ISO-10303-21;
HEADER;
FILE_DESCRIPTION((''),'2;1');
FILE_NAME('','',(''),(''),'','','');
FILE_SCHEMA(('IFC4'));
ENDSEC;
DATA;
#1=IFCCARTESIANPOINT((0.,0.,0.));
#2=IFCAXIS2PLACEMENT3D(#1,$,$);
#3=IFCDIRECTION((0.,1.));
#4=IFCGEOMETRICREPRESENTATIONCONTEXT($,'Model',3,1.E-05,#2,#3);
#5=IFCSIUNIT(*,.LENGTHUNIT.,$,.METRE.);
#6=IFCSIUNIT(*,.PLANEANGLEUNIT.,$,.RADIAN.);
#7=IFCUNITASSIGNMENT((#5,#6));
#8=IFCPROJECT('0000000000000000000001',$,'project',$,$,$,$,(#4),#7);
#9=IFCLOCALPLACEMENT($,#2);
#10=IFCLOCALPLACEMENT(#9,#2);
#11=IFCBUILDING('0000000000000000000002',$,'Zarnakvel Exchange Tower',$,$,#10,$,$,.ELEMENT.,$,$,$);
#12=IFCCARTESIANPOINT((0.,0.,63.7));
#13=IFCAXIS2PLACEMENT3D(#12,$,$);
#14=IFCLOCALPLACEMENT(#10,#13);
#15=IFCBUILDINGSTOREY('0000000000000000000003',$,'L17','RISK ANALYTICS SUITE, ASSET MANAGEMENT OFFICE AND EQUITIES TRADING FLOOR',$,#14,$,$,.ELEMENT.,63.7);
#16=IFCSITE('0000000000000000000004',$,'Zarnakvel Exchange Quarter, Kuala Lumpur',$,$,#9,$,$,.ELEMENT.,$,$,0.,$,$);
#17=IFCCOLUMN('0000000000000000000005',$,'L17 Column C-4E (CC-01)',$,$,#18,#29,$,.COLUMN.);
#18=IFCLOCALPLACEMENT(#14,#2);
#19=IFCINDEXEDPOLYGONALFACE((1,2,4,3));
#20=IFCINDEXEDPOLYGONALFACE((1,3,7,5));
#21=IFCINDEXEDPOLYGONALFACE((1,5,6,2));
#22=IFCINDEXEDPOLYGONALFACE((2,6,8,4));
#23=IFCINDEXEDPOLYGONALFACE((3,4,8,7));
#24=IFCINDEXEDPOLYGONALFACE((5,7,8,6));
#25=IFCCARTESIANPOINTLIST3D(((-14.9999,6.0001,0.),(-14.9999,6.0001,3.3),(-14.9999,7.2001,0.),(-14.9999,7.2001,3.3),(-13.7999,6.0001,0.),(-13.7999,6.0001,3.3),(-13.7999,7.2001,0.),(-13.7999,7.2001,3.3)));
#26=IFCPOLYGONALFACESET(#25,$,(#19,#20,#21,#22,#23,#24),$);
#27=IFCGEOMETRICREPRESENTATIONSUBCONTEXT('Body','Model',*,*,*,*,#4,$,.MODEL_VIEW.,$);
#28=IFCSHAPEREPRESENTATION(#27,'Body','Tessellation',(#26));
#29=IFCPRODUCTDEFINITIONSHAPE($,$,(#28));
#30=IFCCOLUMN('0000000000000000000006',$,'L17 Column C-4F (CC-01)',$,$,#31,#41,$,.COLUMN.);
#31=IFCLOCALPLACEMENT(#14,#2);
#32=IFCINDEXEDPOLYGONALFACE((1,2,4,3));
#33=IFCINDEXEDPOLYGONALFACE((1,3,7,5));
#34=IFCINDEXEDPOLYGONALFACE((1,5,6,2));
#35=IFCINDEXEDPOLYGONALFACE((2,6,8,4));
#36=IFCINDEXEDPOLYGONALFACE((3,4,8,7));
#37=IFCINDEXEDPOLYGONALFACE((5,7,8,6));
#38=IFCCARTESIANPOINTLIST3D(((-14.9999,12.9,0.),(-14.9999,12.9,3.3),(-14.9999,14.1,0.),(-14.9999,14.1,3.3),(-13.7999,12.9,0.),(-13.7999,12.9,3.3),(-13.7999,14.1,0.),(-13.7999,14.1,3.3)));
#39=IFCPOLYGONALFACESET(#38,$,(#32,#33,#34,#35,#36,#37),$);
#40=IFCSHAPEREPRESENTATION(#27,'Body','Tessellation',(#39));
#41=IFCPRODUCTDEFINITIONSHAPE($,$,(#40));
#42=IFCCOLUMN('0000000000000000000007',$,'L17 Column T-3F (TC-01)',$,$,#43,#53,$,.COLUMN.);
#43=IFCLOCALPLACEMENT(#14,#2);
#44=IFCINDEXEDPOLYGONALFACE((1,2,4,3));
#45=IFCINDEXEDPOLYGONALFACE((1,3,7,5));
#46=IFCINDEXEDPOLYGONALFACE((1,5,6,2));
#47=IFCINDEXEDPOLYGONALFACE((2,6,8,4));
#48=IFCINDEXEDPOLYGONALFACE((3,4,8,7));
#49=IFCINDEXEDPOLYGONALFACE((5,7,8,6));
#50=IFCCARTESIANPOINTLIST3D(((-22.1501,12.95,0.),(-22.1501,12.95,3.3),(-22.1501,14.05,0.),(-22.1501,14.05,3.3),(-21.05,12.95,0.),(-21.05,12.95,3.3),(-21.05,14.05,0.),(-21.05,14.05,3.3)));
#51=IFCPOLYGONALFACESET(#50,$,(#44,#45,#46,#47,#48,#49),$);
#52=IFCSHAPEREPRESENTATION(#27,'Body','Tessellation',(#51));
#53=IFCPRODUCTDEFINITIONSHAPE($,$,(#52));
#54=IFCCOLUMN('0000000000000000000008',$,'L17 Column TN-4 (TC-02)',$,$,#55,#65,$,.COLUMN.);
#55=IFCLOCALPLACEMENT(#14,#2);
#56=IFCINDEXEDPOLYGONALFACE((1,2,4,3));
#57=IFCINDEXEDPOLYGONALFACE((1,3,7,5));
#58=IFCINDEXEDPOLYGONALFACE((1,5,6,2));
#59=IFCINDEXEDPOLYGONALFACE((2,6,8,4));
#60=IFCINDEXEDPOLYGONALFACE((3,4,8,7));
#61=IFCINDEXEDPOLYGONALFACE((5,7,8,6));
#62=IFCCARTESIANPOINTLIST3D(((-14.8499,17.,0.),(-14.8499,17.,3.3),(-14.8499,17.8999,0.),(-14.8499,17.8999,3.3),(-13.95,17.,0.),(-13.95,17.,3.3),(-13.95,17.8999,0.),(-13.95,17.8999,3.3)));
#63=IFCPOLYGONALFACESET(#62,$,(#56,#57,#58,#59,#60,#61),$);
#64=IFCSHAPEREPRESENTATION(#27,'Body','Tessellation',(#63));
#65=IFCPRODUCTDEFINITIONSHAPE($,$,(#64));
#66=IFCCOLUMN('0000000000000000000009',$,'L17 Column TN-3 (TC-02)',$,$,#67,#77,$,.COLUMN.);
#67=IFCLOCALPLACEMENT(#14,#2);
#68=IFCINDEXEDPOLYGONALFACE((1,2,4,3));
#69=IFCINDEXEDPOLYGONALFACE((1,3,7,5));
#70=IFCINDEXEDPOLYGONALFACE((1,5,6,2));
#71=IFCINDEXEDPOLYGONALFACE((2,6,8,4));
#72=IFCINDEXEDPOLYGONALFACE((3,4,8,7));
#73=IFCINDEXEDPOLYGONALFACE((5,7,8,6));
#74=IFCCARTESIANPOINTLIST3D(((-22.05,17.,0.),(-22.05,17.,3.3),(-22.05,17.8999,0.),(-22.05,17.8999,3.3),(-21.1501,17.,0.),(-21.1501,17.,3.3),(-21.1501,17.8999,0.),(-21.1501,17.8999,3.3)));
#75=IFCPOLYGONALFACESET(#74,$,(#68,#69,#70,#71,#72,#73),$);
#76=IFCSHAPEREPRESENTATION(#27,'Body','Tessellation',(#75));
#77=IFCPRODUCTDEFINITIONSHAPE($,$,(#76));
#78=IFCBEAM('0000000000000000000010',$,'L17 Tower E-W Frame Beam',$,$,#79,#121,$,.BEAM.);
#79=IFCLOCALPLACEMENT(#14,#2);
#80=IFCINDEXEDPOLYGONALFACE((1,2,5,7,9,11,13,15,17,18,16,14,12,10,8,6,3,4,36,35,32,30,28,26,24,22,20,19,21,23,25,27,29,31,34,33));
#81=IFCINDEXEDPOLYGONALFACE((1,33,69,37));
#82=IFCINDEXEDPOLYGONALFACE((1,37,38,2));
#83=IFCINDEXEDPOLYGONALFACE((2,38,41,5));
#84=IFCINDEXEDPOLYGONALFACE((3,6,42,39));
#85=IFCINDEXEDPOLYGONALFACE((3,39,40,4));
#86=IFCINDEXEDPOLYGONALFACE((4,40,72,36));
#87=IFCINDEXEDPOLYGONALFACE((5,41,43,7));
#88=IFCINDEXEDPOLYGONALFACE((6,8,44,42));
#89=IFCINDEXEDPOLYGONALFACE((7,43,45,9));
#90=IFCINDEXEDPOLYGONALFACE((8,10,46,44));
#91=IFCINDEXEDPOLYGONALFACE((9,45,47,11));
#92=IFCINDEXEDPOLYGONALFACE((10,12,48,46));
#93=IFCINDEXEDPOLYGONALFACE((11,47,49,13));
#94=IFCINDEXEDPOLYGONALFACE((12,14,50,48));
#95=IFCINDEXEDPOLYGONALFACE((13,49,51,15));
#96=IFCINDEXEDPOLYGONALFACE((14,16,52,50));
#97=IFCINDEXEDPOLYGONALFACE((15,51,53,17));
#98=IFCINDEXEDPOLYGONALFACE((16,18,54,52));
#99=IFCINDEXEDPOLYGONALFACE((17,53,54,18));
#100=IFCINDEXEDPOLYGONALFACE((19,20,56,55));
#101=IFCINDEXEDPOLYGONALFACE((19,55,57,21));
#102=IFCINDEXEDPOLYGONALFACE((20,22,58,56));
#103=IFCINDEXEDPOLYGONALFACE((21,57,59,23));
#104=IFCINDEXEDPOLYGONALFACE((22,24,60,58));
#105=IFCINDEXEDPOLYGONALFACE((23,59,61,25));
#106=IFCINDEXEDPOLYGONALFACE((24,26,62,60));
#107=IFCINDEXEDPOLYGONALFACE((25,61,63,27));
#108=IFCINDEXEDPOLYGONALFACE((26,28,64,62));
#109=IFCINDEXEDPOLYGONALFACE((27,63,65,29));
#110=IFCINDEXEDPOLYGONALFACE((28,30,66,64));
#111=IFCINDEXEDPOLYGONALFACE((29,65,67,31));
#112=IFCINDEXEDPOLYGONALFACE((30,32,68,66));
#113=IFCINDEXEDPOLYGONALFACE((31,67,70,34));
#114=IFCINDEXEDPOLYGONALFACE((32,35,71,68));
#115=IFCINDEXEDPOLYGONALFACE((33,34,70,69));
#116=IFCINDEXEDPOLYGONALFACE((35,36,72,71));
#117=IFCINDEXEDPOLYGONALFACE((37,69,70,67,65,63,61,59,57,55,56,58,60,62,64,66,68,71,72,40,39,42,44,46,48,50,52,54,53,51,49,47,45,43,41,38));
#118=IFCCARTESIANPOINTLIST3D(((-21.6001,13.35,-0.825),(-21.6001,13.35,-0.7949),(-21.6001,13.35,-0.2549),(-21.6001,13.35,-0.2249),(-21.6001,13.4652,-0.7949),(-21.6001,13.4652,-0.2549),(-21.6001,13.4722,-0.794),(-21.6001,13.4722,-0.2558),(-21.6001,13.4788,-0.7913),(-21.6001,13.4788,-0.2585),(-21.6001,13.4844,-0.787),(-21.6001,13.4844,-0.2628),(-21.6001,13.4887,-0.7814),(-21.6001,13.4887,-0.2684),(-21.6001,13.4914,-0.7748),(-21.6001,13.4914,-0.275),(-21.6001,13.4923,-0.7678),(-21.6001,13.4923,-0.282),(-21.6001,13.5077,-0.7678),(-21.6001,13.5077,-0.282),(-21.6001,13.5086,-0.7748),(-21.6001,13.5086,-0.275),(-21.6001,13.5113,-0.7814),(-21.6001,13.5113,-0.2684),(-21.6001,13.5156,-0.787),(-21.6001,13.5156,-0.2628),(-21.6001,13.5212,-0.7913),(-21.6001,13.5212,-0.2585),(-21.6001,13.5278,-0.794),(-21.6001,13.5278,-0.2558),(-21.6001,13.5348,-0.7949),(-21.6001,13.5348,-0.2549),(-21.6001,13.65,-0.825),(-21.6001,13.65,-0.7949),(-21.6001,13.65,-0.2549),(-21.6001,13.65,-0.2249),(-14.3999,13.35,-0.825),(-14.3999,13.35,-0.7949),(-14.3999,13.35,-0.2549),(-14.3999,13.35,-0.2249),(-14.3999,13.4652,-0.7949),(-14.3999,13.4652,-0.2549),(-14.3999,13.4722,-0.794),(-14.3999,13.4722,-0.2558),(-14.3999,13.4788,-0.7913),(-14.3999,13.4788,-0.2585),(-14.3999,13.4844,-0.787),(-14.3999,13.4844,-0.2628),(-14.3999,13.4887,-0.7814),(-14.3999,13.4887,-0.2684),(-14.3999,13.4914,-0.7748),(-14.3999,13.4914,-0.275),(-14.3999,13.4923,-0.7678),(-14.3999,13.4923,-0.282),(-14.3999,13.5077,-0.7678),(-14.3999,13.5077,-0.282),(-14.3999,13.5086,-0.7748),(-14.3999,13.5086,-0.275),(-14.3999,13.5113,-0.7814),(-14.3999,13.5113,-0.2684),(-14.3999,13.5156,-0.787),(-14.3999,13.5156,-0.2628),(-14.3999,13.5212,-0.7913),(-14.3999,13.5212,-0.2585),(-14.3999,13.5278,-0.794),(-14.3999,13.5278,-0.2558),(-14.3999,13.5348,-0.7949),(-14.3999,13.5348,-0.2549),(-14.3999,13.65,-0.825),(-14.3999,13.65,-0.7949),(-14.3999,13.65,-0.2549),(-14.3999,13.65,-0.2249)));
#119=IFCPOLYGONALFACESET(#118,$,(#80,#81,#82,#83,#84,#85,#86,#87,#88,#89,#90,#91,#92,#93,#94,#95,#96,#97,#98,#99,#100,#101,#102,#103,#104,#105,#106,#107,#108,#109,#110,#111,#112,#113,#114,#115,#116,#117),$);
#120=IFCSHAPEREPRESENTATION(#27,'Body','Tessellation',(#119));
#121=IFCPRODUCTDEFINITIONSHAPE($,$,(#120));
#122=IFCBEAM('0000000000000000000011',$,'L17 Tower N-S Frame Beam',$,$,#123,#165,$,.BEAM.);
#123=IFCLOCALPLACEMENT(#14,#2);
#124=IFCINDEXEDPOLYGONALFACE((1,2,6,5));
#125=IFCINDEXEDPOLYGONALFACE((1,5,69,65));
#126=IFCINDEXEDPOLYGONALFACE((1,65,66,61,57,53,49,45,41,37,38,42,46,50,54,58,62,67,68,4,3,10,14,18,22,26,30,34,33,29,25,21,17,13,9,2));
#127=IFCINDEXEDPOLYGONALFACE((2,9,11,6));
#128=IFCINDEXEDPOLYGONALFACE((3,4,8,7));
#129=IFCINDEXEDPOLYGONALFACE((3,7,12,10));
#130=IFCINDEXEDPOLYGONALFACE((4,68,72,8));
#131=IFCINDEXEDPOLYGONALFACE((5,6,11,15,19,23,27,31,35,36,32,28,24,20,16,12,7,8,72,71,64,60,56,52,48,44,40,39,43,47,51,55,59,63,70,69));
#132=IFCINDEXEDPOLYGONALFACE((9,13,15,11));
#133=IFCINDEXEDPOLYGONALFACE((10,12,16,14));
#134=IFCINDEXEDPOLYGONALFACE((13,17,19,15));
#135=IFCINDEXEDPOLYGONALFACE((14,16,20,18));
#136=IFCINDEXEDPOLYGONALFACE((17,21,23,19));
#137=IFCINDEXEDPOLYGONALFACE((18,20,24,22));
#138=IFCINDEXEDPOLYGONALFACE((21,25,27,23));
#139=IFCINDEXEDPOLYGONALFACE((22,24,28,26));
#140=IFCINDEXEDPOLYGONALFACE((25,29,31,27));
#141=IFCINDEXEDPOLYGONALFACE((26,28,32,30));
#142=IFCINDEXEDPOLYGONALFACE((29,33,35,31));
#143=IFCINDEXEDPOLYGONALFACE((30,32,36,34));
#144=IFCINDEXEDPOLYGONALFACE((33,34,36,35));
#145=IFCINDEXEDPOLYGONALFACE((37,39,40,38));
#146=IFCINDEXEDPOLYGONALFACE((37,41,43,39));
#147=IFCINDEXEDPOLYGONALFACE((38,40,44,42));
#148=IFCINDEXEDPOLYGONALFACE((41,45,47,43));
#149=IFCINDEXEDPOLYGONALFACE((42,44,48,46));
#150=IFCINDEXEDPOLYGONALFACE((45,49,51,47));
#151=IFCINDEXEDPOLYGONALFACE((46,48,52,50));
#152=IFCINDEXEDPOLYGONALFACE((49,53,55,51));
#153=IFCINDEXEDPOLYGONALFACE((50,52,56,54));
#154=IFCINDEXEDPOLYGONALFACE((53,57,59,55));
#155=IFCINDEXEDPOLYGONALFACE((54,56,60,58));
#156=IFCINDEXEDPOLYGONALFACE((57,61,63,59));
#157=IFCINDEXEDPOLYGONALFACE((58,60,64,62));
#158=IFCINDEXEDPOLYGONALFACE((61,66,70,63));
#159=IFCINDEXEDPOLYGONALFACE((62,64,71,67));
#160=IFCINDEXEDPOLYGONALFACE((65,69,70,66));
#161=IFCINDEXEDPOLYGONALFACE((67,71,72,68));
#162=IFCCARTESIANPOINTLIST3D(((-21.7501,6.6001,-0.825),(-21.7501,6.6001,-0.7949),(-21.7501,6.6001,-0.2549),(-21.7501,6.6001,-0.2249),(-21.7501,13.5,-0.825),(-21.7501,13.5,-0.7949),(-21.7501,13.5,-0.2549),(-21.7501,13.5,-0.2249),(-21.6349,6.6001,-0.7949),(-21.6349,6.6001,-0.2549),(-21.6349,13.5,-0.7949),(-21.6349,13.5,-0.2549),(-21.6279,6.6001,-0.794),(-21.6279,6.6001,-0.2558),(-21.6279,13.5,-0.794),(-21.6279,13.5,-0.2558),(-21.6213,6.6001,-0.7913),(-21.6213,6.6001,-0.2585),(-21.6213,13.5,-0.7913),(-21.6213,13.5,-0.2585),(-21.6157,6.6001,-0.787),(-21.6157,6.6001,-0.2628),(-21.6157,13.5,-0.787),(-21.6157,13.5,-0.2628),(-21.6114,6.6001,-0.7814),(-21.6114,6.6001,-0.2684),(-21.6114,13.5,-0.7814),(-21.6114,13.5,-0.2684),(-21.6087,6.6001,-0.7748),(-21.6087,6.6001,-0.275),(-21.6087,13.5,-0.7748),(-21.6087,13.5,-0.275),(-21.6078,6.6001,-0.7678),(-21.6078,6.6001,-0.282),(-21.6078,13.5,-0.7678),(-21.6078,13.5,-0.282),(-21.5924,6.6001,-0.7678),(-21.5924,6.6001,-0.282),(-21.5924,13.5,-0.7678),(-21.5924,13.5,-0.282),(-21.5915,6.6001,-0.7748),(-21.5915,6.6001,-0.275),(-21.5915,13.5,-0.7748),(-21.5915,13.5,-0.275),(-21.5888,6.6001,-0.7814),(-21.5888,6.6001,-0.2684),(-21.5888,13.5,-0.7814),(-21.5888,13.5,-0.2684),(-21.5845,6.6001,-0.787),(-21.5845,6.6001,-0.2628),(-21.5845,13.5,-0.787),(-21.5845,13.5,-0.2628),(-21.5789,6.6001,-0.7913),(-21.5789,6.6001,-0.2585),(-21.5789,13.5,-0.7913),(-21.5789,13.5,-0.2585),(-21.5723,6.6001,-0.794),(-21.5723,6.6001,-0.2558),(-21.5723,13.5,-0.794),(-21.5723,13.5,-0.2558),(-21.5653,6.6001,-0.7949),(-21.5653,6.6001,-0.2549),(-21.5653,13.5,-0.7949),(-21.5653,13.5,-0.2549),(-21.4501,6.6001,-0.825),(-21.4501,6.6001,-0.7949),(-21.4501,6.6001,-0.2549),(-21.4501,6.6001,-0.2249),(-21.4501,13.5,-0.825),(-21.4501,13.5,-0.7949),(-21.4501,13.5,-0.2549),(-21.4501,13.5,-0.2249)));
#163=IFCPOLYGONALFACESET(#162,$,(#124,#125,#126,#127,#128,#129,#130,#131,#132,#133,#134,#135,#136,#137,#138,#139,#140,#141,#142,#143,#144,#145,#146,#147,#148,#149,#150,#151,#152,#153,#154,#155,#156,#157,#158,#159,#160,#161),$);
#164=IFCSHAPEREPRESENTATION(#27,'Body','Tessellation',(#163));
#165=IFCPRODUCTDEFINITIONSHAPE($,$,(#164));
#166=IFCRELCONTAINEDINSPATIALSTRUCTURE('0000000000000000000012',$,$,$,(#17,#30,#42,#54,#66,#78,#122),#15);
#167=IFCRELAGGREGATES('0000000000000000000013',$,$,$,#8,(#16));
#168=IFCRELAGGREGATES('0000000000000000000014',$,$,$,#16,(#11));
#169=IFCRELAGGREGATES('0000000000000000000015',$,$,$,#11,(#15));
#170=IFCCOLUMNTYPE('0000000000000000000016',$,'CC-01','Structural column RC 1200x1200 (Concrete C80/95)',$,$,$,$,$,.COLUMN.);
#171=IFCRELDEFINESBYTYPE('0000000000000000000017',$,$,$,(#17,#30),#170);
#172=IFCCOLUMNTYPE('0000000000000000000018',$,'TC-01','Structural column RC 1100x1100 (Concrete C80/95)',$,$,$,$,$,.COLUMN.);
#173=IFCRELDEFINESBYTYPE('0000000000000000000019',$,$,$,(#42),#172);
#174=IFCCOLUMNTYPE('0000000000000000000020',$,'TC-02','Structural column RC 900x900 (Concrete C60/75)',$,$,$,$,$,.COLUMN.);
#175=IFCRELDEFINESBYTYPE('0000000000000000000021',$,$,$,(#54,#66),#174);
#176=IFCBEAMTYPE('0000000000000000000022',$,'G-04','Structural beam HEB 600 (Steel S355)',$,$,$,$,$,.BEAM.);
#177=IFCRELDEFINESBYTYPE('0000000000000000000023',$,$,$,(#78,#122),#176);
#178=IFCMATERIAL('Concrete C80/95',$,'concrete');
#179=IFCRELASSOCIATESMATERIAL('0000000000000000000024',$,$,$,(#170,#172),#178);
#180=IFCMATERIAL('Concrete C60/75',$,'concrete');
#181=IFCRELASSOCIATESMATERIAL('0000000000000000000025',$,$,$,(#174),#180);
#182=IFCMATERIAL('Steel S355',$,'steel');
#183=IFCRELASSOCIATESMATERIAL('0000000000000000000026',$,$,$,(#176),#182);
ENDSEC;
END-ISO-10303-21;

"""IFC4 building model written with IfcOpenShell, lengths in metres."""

from ifc_helpers import new_model, si_unit, direction, frame, origin, origin_2d, place, context, subcontext, project, spatial, rectangle, i_section, extrude, material, material_profile, profile_set, type_object, element, save


model = new_model("IFC4")

# Units and contexts
model_context = context("Model", 3, precision=1e-05, world=origin(), true_north=direction((0.0, 1.0)))
body_context = subcontext(model_context, "Body", "Model", "MODEL_VIEW")
ifc_project = project(units=[si_unit("LENGTHUNIT", "METRE"), si_unit("PLANEANGLEUNIT", "RADIAN")], contexts=[model_context])

# Site, building, storey
site_placement = place(None, origin())
site = spatial("IfcSite", under=ifc_project, at=site_placement, Name="Zarnakvel Exchange Quarter, Kuala Lumpur", CompositionType="ELEMENT", RefElevation=0.0)
building_placement = place(site_placement, origin())
building = spatial("IfcBuilding", under=site, at=building_placement, Name="Zarnakvel Exchange Tower", CompositionType="ELEMENT")
storey_placement = place(building_placement, frame((0.0, 0.0, 63.7)))
storey = spatial("IfcBuildingStorey", under=building, at=storey_placement, Name="L17", Description="RISK ANALYTICS SUITE, ASSET MANAGEMENT OFFICE AND EQUITIES TRADING FLOOR", CompositionType="ELEMENT", Elevation=63.7)

# Columns
ifc_material_1 = material(Name="Concrete C80/95", Category="concrete")
ifc_material_profile_1 = material_profile(ifc_material_1, rectangle(XDim=1.2, YDim=1.2, at=origin_2d()))
ifc_profile_set_1 = profile_set([ifc_material_profile_1], Name="Concrete C80/95")
column_type_1 = type_object("IfcColumnType", Name="CC-01", Description="Structural column RC 1200x1200 (Concrete C80/95)", PredefinedType="COLUMN", material=ifc_profile_set_1)
for number, where, z_axis, x_axis, name in (
    (1, (-14.3999, 6.6001, 0.0), (0.0, 0.0, 1.0), (1.0, 0.0, 0.0), "L17 Column C-4E (CC-01)"),
    (2, (-14.3999, 13.5, 0.0), (0.0, 0.0, 1.0), (1.0, 0.0, 0.0), "L17 Column C-4F (CC-01)"),
):
    element("IfcColumn", number, at=place(storey_placement, frame(where, z_axis=z_axis, x_axis=x_axis)), inside=storey, type_object=column_type_1, Name=name, PredefinedType="COLUMN", context=body_context, shape_type="SweptSolid", body=[
        extrude(rectangle(XDim=1.2, YDim=1.2, at=origin_2d()), origin(), (0.0, 0.0, 1.0), 3.3),
    ])
ifc_material_profile_2 = material_profile(ifc_material_1, rectangle(XDim=1.1001, YDim=1.1001, at=origin_2d()))
ifc_profile_set_2 = profile_set([ifc_material_profile_2], Name="Concrete C80/95")
column_type_2 = type_object("IfcColumnType", Name="TC-01", Description="Structural column RC 1100x1100 (Concrete C80/95)", PredefinedType="COLUMN", material=ifc_profile_set_2)
column_placement = place(storey_placement, frame((-21.6001, 13.5, 0.0), z_axis=(0.0, 0.0, 1.0), x_axis=(1.0, 0.0, 0.0)))
element("IfcColumn", 3, at=column_placement, inside=storey, type_object=column_type_2, Name="L17 Column T-3F (TC-01)", PredefinedType="COLUMN", context=body_context, shape_type="SweptSolid", body=[
    extrude(rectangle(XDim=1.1001, YDim=1.1001, at=origin_2d()), origin(), (0.0, 0.0, 1.0), 3.3),
])
ifc_material_2 = material(Name="Concrete C60/75", Category="concrete")
ifc_material_profile_3 = material_profile(ifc_material_2, rectangle(XDim=0.8999, YDim=0.8999, at=origin_2d()))
ifc_profile_set_3 = profile_set([ifc_material_profile_3], Name="Concrete C60/75")
column_type_3 = type_object("IfcColumnType", Name="TC-02", Description="Structural column RC 900x900 (Concrete C60/75)", PredefinedType="COLUMN", material=ifc_profile_set_3)
for number, where, z_axis, x_axis, name in (
    (4, (-14.3999, 17.45, 0.0), (0.0, 0.0, 1.0), (1.0, 0.0, 0.0), "L17 Column TN-4 (TC-02)"),
    (5, (-21.6001, 17.45, 0.0), (0.0, 0.0, 1.0), (1.0, 0.0, 0.0), "L17 Column TN-3 (TC-02)"),
):
    element("IfcColumn", number, at=place(storey_placement, frame(where, z_axis=z_axis, x_axis=x_axis)), inside=storey, type_object=column_type_3, Name=name, PredefinedType="COLUMN", context=body_context, shape_type="SweptSolid", body=[
        extrude(rectangle(XDim=0.8999, YDim=0.8999, at=origin_2d()), origin(), (0.0, 0.0, 1.0), 3.3),
    ])

# Beams
ifc_material_3 = material(Name="Steel S355", Category="steel")
ifc_material_profile_4 = material_profile(ifc_material_3, i_section(OverallWidth=0.3, OverallDepth=0.6001, WebThickness=0.0154, FlangeThickness=0.03, FilletRadius=0.0271, at=origin_2d()))
ifc_profile_set_4 = profile_set([ifc_material_profile_4], Name="Steel S355")
beam_type_1 = type_object("IfcBeamType", Name="G-04", Description="Structural beam HEB 600 (Steel S355)", PredefinedType="BEAM", material=ifc_profile_set_4)
beam_1_placement = place(storey_placement, frame((-21.6001, 13.5, -0.5249), z_axis=(1.0, 0.0, 0.0), x_axis=(0.0, 1.0, 0.0)))
element("IfcBeam", 6, at=beam_1_placement, inside=storey, type_object=beam_type_1, Name="L17 Tower E-W Frame Beam", PredefinedType="BEAM", context=body_context, shape_type="SweptSolid", body=[
    extrude(i_section(OverallWidth=0.3, OverallDepth=0.6001, WebThickness=0.0154, FlangeThickness=0.03, FilletRadius=0.0271, at=origin_2d()), origin(), (0.0, 0.0, 1.0), 7.2002),
])
beam_2_placement = place(storey_placement, frame((-21.6001, 6.6001, -0.5249), z_axis=(0.0, 1.0, 0.0), x_axis=(-1.0, 0.0, 0.0)))
element("IfcBeam", 7, at=beam_2_placement, inside=storey, type_object=beam_type_1, Name="L17 Tower N-S Frame Beam", PredefinedType="BEAM", context=body_context, shape_type="SweptSolid", body=[
    extrude(i_section(OverallWidth=0.3, OverallDepth=0.6001, WebThickness=0.0154, FlangeThickness=0.03, FilletRadius=0.0271, at=origin_2d()), origin(), (0.0, 0.0, 1.0), 6.8999),
])

save(model, "model.ifc")
